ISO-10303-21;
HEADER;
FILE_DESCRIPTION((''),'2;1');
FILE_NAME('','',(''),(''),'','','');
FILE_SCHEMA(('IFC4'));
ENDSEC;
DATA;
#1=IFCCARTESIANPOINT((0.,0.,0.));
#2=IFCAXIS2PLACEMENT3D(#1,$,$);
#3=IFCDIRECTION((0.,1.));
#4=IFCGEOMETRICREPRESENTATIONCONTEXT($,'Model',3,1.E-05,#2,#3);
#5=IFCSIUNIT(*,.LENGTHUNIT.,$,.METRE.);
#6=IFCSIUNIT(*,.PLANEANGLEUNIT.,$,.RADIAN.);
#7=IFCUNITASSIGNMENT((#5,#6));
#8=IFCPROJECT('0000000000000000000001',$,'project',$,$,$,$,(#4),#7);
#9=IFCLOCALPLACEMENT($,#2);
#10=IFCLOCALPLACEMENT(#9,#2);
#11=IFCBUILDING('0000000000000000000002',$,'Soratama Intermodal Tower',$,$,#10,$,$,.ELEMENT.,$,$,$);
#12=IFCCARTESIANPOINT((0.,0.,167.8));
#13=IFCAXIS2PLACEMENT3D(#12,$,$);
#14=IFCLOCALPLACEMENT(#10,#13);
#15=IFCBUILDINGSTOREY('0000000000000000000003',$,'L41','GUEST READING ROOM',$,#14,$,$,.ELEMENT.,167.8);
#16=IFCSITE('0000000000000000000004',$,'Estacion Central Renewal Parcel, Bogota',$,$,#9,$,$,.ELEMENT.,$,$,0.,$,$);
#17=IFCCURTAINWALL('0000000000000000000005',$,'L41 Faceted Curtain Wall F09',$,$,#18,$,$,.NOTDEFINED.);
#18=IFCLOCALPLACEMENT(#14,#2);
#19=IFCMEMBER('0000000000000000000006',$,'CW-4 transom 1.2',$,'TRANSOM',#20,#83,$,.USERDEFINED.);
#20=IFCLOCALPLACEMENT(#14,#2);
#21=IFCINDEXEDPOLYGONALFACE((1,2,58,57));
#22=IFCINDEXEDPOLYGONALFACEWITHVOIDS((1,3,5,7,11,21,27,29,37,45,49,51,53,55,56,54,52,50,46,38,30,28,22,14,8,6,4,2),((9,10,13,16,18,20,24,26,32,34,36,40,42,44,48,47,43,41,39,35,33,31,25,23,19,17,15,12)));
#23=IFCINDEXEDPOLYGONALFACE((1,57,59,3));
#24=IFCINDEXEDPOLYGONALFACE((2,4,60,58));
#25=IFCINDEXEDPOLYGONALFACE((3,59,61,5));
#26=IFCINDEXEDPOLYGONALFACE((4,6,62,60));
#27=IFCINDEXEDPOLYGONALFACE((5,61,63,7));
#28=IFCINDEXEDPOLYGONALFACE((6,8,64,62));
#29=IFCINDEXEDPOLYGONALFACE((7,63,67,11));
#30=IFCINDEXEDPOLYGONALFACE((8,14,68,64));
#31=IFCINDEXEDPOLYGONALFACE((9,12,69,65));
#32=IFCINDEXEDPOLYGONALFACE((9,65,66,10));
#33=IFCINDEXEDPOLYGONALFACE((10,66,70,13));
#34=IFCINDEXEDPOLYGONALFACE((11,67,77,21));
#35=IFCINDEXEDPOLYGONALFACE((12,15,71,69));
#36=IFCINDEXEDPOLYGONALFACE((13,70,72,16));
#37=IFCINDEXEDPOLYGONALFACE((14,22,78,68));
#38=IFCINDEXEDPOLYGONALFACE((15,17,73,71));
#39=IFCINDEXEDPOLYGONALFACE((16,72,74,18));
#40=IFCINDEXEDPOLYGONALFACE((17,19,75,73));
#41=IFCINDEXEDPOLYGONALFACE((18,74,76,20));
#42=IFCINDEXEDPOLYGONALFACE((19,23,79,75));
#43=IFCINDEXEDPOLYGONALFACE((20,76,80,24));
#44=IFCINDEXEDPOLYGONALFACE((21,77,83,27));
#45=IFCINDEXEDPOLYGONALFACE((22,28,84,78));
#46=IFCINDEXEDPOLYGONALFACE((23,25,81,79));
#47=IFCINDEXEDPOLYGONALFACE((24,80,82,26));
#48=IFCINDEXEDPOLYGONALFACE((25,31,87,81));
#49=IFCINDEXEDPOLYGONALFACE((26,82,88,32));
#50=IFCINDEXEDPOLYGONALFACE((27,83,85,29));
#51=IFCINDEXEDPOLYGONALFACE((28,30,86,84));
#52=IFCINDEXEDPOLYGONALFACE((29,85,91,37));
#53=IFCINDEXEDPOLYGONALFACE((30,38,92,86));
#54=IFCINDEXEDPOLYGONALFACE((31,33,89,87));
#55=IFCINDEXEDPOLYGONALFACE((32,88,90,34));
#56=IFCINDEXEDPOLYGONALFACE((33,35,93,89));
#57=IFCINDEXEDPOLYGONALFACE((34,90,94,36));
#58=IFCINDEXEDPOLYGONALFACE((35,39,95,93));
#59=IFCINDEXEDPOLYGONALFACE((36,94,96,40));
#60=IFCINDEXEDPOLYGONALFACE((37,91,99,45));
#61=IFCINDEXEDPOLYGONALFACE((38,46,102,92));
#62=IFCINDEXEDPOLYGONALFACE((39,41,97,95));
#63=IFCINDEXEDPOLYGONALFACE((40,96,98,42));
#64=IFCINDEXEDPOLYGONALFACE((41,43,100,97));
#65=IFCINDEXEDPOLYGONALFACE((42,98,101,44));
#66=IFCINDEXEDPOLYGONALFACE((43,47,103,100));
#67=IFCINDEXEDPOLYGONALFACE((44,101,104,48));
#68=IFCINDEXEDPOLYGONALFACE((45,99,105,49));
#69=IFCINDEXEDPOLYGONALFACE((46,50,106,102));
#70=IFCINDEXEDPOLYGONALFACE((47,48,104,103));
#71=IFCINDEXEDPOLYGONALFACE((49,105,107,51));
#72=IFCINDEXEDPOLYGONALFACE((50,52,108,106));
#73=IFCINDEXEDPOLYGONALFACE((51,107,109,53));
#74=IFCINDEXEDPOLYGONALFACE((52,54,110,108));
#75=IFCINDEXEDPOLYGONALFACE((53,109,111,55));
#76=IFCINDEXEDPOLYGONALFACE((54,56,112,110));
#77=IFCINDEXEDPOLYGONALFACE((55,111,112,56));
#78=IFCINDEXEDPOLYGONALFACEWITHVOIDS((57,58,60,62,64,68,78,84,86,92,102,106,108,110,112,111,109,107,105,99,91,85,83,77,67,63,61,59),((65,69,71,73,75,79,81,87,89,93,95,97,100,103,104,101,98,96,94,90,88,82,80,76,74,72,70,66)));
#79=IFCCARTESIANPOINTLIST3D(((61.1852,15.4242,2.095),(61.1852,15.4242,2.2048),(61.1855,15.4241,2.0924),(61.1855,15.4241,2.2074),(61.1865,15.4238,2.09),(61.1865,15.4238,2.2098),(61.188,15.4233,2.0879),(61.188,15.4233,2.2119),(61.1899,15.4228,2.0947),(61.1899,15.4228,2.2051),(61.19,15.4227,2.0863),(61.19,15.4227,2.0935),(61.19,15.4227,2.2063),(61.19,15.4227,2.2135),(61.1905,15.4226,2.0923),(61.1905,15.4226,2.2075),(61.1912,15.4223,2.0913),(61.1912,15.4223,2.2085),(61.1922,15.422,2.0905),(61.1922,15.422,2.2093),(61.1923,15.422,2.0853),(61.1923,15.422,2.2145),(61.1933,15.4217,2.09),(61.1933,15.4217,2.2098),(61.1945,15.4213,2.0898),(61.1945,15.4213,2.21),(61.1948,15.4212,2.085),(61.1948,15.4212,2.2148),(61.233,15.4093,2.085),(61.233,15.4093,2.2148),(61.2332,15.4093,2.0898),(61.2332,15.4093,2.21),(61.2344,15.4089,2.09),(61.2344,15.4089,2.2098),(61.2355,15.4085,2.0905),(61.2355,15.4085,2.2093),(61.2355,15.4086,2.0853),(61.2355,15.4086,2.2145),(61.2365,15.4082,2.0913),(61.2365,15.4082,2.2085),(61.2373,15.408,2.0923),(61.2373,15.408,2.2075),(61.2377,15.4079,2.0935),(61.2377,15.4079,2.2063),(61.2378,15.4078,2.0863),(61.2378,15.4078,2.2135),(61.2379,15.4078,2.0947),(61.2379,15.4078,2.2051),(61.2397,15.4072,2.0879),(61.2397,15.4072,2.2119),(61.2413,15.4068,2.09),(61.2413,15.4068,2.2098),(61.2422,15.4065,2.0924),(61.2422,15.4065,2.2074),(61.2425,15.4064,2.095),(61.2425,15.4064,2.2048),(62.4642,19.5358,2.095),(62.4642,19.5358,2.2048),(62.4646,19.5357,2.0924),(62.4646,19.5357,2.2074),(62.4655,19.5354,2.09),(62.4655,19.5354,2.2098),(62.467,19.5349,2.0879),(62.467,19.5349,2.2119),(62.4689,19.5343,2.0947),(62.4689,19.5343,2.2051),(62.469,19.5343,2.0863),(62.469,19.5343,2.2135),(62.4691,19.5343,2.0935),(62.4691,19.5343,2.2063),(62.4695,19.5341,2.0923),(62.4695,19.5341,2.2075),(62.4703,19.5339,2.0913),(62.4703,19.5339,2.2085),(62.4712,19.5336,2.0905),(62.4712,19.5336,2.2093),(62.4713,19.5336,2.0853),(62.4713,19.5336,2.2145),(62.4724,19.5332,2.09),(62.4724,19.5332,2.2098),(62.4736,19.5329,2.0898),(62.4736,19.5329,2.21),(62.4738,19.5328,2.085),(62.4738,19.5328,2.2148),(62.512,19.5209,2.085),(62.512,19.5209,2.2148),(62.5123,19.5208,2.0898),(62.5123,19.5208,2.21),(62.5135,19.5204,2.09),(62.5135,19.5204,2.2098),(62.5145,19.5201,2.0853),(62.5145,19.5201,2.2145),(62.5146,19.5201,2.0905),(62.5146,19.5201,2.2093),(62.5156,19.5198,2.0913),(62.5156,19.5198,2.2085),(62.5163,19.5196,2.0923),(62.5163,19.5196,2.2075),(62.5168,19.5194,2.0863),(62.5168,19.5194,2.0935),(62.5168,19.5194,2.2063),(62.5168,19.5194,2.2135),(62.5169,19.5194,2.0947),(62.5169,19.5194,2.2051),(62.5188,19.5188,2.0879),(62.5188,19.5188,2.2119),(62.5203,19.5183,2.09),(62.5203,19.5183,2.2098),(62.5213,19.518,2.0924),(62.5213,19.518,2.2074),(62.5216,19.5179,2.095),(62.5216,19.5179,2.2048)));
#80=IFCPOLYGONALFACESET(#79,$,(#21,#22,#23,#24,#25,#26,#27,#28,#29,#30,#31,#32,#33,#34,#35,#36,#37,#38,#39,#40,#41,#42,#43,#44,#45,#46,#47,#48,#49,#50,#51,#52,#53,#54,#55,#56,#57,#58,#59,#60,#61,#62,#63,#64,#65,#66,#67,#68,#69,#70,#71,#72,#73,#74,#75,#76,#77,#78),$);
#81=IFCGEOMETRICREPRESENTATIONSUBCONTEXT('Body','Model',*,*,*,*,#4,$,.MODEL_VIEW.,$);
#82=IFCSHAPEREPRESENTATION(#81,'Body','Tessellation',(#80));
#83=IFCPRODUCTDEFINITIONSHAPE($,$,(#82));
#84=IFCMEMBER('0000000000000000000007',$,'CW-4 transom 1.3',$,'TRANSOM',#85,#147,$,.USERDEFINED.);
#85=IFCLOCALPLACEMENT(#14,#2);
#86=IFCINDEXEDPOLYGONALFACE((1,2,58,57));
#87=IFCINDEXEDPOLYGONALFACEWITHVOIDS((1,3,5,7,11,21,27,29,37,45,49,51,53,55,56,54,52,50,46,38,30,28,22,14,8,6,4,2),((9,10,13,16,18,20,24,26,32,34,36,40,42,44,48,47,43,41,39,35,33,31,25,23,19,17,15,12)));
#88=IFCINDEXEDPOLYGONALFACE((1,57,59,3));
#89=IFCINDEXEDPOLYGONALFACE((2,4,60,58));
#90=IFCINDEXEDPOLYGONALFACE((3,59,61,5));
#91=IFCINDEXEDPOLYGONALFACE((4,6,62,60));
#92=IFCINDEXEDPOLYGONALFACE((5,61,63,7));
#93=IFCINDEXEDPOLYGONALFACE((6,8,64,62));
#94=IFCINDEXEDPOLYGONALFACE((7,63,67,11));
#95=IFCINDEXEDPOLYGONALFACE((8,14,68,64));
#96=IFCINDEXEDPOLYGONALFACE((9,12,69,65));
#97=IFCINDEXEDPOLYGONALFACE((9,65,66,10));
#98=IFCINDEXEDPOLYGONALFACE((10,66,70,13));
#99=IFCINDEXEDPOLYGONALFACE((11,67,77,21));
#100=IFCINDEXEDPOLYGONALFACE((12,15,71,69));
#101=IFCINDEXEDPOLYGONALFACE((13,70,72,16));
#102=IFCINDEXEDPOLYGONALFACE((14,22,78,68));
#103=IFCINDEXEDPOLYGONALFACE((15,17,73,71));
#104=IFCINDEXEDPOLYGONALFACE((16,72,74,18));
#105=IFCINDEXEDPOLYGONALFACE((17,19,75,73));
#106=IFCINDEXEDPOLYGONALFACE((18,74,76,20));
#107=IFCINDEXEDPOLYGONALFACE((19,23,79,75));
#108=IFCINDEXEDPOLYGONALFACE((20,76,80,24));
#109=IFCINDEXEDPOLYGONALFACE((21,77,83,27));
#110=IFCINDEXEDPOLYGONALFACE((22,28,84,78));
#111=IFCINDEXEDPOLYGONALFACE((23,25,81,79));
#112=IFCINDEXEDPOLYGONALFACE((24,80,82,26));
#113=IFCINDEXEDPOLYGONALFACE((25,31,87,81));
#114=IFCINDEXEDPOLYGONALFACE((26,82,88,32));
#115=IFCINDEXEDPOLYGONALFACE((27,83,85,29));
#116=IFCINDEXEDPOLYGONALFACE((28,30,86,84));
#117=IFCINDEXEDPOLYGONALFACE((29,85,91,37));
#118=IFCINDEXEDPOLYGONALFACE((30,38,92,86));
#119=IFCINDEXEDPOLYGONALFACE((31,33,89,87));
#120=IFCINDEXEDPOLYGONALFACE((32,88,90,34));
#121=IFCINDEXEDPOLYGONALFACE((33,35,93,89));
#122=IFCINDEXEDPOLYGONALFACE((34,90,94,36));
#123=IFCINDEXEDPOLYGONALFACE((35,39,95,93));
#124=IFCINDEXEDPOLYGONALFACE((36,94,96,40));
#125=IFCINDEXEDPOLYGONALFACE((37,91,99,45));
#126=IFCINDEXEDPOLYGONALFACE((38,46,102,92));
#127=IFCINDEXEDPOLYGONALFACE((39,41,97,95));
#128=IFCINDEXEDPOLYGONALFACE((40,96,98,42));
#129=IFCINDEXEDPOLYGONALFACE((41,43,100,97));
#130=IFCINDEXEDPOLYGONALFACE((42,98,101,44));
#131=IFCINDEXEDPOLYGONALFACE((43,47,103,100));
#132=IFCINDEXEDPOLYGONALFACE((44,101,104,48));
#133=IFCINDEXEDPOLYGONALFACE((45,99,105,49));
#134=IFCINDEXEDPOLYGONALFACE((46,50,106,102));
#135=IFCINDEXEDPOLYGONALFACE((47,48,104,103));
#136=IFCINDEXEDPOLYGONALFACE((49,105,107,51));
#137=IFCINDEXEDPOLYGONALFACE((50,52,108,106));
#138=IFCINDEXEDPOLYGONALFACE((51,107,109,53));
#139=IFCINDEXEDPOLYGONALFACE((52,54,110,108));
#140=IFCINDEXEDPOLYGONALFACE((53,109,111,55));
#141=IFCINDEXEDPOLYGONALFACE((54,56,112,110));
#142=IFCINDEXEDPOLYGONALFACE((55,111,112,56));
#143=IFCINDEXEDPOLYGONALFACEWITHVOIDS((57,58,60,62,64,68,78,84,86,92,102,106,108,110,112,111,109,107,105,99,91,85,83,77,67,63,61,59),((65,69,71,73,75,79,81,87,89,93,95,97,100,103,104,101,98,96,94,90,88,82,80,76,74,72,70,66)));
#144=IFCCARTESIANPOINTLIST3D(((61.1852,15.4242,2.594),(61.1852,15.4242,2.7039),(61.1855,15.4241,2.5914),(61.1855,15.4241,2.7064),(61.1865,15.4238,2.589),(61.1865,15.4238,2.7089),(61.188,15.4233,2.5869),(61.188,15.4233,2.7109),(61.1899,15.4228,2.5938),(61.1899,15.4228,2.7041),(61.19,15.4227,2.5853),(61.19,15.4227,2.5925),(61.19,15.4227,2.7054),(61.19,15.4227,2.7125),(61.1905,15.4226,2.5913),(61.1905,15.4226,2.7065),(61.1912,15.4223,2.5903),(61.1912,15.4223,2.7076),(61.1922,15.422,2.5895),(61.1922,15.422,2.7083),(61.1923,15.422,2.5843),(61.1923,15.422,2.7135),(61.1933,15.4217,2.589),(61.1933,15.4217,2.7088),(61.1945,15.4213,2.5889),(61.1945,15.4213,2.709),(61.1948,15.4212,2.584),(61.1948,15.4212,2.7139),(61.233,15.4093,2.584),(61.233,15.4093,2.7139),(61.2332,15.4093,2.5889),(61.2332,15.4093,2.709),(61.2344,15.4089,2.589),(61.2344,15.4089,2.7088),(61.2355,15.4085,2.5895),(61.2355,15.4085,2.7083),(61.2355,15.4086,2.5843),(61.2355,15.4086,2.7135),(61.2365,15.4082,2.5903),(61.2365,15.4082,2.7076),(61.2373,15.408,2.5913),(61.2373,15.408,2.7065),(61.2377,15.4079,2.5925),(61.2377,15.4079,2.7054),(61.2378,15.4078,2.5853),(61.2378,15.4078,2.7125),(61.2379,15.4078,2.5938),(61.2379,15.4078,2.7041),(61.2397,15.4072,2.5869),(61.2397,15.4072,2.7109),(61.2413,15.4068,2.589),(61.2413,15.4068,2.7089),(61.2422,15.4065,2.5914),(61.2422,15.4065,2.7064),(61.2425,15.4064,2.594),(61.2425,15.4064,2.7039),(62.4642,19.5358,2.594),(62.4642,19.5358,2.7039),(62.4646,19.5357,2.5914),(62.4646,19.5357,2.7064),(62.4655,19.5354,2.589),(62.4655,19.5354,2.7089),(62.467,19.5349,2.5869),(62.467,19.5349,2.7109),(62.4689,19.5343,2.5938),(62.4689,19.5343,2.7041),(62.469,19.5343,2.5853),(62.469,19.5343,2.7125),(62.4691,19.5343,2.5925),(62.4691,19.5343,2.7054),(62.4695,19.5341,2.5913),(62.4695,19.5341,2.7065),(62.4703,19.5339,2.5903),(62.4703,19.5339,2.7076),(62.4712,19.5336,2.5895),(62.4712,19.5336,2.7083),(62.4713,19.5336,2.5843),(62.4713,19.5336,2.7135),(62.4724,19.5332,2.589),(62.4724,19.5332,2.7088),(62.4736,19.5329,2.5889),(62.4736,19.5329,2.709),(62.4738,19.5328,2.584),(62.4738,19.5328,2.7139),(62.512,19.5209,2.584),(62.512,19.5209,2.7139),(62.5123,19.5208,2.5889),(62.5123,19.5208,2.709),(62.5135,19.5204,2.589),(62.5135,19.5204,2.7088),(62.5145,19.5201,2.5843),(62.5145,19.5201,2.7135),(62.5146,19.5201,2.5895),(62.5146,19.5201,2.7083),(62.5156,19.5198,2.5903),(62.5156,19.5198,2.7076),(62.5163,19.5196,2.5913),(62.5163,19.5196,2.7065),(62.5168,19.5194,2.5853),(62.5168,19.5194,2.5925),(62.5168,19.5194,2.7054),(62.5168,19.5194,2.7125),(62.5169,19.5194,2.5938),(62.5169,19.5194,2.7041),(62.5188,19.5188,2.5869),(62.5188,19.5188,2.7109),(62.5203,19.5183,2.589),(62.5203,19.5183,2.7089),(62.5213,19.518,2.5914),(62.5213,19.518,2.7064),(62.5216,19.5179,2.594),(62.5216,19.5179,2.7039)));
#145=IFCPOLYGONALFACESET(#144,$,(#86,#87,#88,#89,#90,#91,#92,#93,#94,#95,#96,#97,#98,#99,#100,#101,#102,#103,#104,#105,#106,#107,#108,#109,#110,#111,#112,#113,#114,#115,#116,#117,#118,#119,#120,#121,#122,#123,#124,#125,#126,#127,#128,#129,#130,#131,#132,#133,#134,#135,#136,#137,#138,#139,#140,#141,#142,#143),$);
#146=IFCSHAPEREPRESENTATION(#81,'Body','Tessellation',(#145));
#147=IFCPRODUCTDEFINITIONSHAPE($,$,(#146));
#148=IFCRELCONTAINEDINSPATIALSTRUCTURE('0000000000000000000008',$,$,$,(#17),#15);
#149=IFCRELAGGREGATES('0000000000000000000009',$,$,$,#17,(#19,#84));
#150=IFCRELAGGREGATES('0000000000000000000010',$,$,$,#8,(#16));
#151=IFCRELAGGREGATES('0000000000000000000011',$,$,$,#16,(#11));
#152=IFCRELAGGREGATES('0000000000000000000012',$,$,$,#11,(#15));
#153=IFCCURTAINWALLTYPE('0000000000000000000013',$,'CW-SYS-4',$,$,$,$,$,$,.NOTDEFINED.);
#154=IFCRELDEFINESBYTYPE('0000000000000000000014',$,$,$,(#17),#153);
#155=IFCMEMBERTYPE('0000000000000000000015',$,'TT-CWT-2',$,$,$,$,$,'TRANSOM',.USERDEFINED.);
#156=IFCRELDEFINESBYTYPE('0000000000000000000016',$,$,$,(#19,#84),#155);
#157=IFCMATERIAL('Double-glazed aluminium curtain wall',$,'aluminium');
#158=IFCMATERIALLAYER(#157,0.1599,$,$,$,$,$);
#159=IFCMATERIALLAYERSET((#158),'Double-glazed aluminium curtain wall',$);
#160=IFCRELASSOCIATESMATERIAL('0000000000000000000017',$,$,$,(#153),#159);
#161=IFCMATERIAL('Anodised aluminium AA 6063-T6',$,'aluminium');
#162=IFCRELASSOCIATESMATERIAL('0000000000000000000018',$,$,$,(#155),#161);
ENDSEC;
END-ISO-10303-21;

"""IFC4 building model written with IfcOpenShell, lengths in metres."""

from ifc_helpers import new_model, si_unit, direction, frame, origin, origin_2d, place, context, subcontext, project, spatial, hollow_rectangle, extrude, material, layer, layer_set, material_profile, profile_set, type_object, element, aggregate, save


model = new_model("IFC4")

# Units and contexts
model_context = context("Model", 3, precision=1e-05, world=origin(), true_north=direction((0.0, 1.0)))
body_context = subcontext(model_context, "Body", "Model", "MODEL_VIEW")
ifc_project = project(units=[si_unit("LENGTHUNIT", "METRE"), si_unit("PLANEANGLEUNIT", "RADIAN")], contexts=[model_context])

# Site, building, storey
site_placement = place(None, origin())
site = spatial("IfcSite", under=ifc_project, at=site_placement, Name="Estacion Central Renewal Parcel, Bogota", CompositionType="ELEMENT", RefElevation=0.0)
building_placement = place(site_placement, origin())
building = spatial("IfcBuilding", under=site, at=building_placement, Name="Soratama Intermodal Tower", CompositionType="ELEMENT")
storey_placement = place(building_placement, frame((0.0, 0.0, 167.8)))
storey = spatial("IfcBuildingStorey", under=building, at=storey_placement, Name="L41", Description="GUEST READING ROOM", CompositionType="ELEMENT", Elevation=167.8)

# Curtain wall, members
ifc_material_1 = material(Name="Double-glazed aluminium curtain wall", Category="aluminium")
ifc_layer_1 = layer(ifc_material_1, 0.1599)
ifc_layer_set_1 = layer_set([ifc_layer_1], Name="Double-glazed aluminium curtain wall")
curtain_wall_type = type_object("IfcCurtainWallType", Name="CW-SYS-4", PredefinedType="NOTDEFINED", material=ifc_layer_set_1)
curtain_wall_placement = place(storey_placement, origin())
curtain_wall = element("IfcCurtainWall", 1, at=curtain_wall_placement, inside=storey, type_object=curtain_wall_type, Name="L41 Faceted Curtain Wall F09", PredefinedType="NOTDEFINED")
ifc_material_2 = material(Name="Anodised aluminium AA 6063-T6", Category="aluminium")
ifc_material_profile_1 = material_profile(ifc_material_2, hollow_rectangle(XDim=0.0601, YDim=0.1299, WallThickness=0.0049, InnerFilletRadius=0.0049, OuterFilletRadius=0.01, at=origin_2d()), Name="CWT130X60X5")
ifc_profile_set_1 = profile_set([ifc_material_profile_1], Name="Anodised aluminium AA 6063-T6")
member_type_1 = type_object("IfcMemberType", Name="TT-CWT-2", ElementType="TRANSOM", PredefinedType="USERDEFINED", material=ifc_profile_set_1)
member_1_placement = place(storey_placement, frame((61.2139, 15.4153, 2.1499), z_axis=(0.297045, 0.954864, 0.0), x_axis=(-0.954864, 0.297045, 0.0)))
member_1 = element("IfcMember", 2, at=member_1_placement, type_object=member_type_1, Name="CW-4 transom 1.2", ObjectType="TRANSOM", PredefinedType="USERDEFINED", context=body_context, shape_type="SweptSolid", body=[
    extrude(hollow_rectangle(XDim=0.0601, YDim=0.1299, WallThickness=0.0049, InnerFilletRadius=0.0049, OuterFilletRadius=0.01, at=origin_2d()), origin(), (0.0, 0.0, 1.0), 4.3059),
])
member_2_placement = place(storey_placement, frame((61.2139, 15.4153, 2.6489), z_axis=(0.297045, 0.954864, 0.0), x_axis=(-0.954864, 0.297045, 0.0)))
member_2 = element("IfcMember", 3, at=member_2_placement, type_object=member_type_1, Name="CW-4 transom 1.3", ObjectType="TRANSOM", PredefinedType="USERDEFINED", context=body_context, shape_type="SweptSolid", body=[
    extrude(hollow_rectangle(XDim=0.0601, YDim=0.1299, WallThickness=0.0049, InnerFilletRadius=0.0049, OuterFilletRadius=0.01, at=origin_2d()), origin(), (0.0, 0.0, 1.0), 4.3059),
])
aggregate(curtain_wall, [member_1, member_2])

save(model, "model.ifc")
